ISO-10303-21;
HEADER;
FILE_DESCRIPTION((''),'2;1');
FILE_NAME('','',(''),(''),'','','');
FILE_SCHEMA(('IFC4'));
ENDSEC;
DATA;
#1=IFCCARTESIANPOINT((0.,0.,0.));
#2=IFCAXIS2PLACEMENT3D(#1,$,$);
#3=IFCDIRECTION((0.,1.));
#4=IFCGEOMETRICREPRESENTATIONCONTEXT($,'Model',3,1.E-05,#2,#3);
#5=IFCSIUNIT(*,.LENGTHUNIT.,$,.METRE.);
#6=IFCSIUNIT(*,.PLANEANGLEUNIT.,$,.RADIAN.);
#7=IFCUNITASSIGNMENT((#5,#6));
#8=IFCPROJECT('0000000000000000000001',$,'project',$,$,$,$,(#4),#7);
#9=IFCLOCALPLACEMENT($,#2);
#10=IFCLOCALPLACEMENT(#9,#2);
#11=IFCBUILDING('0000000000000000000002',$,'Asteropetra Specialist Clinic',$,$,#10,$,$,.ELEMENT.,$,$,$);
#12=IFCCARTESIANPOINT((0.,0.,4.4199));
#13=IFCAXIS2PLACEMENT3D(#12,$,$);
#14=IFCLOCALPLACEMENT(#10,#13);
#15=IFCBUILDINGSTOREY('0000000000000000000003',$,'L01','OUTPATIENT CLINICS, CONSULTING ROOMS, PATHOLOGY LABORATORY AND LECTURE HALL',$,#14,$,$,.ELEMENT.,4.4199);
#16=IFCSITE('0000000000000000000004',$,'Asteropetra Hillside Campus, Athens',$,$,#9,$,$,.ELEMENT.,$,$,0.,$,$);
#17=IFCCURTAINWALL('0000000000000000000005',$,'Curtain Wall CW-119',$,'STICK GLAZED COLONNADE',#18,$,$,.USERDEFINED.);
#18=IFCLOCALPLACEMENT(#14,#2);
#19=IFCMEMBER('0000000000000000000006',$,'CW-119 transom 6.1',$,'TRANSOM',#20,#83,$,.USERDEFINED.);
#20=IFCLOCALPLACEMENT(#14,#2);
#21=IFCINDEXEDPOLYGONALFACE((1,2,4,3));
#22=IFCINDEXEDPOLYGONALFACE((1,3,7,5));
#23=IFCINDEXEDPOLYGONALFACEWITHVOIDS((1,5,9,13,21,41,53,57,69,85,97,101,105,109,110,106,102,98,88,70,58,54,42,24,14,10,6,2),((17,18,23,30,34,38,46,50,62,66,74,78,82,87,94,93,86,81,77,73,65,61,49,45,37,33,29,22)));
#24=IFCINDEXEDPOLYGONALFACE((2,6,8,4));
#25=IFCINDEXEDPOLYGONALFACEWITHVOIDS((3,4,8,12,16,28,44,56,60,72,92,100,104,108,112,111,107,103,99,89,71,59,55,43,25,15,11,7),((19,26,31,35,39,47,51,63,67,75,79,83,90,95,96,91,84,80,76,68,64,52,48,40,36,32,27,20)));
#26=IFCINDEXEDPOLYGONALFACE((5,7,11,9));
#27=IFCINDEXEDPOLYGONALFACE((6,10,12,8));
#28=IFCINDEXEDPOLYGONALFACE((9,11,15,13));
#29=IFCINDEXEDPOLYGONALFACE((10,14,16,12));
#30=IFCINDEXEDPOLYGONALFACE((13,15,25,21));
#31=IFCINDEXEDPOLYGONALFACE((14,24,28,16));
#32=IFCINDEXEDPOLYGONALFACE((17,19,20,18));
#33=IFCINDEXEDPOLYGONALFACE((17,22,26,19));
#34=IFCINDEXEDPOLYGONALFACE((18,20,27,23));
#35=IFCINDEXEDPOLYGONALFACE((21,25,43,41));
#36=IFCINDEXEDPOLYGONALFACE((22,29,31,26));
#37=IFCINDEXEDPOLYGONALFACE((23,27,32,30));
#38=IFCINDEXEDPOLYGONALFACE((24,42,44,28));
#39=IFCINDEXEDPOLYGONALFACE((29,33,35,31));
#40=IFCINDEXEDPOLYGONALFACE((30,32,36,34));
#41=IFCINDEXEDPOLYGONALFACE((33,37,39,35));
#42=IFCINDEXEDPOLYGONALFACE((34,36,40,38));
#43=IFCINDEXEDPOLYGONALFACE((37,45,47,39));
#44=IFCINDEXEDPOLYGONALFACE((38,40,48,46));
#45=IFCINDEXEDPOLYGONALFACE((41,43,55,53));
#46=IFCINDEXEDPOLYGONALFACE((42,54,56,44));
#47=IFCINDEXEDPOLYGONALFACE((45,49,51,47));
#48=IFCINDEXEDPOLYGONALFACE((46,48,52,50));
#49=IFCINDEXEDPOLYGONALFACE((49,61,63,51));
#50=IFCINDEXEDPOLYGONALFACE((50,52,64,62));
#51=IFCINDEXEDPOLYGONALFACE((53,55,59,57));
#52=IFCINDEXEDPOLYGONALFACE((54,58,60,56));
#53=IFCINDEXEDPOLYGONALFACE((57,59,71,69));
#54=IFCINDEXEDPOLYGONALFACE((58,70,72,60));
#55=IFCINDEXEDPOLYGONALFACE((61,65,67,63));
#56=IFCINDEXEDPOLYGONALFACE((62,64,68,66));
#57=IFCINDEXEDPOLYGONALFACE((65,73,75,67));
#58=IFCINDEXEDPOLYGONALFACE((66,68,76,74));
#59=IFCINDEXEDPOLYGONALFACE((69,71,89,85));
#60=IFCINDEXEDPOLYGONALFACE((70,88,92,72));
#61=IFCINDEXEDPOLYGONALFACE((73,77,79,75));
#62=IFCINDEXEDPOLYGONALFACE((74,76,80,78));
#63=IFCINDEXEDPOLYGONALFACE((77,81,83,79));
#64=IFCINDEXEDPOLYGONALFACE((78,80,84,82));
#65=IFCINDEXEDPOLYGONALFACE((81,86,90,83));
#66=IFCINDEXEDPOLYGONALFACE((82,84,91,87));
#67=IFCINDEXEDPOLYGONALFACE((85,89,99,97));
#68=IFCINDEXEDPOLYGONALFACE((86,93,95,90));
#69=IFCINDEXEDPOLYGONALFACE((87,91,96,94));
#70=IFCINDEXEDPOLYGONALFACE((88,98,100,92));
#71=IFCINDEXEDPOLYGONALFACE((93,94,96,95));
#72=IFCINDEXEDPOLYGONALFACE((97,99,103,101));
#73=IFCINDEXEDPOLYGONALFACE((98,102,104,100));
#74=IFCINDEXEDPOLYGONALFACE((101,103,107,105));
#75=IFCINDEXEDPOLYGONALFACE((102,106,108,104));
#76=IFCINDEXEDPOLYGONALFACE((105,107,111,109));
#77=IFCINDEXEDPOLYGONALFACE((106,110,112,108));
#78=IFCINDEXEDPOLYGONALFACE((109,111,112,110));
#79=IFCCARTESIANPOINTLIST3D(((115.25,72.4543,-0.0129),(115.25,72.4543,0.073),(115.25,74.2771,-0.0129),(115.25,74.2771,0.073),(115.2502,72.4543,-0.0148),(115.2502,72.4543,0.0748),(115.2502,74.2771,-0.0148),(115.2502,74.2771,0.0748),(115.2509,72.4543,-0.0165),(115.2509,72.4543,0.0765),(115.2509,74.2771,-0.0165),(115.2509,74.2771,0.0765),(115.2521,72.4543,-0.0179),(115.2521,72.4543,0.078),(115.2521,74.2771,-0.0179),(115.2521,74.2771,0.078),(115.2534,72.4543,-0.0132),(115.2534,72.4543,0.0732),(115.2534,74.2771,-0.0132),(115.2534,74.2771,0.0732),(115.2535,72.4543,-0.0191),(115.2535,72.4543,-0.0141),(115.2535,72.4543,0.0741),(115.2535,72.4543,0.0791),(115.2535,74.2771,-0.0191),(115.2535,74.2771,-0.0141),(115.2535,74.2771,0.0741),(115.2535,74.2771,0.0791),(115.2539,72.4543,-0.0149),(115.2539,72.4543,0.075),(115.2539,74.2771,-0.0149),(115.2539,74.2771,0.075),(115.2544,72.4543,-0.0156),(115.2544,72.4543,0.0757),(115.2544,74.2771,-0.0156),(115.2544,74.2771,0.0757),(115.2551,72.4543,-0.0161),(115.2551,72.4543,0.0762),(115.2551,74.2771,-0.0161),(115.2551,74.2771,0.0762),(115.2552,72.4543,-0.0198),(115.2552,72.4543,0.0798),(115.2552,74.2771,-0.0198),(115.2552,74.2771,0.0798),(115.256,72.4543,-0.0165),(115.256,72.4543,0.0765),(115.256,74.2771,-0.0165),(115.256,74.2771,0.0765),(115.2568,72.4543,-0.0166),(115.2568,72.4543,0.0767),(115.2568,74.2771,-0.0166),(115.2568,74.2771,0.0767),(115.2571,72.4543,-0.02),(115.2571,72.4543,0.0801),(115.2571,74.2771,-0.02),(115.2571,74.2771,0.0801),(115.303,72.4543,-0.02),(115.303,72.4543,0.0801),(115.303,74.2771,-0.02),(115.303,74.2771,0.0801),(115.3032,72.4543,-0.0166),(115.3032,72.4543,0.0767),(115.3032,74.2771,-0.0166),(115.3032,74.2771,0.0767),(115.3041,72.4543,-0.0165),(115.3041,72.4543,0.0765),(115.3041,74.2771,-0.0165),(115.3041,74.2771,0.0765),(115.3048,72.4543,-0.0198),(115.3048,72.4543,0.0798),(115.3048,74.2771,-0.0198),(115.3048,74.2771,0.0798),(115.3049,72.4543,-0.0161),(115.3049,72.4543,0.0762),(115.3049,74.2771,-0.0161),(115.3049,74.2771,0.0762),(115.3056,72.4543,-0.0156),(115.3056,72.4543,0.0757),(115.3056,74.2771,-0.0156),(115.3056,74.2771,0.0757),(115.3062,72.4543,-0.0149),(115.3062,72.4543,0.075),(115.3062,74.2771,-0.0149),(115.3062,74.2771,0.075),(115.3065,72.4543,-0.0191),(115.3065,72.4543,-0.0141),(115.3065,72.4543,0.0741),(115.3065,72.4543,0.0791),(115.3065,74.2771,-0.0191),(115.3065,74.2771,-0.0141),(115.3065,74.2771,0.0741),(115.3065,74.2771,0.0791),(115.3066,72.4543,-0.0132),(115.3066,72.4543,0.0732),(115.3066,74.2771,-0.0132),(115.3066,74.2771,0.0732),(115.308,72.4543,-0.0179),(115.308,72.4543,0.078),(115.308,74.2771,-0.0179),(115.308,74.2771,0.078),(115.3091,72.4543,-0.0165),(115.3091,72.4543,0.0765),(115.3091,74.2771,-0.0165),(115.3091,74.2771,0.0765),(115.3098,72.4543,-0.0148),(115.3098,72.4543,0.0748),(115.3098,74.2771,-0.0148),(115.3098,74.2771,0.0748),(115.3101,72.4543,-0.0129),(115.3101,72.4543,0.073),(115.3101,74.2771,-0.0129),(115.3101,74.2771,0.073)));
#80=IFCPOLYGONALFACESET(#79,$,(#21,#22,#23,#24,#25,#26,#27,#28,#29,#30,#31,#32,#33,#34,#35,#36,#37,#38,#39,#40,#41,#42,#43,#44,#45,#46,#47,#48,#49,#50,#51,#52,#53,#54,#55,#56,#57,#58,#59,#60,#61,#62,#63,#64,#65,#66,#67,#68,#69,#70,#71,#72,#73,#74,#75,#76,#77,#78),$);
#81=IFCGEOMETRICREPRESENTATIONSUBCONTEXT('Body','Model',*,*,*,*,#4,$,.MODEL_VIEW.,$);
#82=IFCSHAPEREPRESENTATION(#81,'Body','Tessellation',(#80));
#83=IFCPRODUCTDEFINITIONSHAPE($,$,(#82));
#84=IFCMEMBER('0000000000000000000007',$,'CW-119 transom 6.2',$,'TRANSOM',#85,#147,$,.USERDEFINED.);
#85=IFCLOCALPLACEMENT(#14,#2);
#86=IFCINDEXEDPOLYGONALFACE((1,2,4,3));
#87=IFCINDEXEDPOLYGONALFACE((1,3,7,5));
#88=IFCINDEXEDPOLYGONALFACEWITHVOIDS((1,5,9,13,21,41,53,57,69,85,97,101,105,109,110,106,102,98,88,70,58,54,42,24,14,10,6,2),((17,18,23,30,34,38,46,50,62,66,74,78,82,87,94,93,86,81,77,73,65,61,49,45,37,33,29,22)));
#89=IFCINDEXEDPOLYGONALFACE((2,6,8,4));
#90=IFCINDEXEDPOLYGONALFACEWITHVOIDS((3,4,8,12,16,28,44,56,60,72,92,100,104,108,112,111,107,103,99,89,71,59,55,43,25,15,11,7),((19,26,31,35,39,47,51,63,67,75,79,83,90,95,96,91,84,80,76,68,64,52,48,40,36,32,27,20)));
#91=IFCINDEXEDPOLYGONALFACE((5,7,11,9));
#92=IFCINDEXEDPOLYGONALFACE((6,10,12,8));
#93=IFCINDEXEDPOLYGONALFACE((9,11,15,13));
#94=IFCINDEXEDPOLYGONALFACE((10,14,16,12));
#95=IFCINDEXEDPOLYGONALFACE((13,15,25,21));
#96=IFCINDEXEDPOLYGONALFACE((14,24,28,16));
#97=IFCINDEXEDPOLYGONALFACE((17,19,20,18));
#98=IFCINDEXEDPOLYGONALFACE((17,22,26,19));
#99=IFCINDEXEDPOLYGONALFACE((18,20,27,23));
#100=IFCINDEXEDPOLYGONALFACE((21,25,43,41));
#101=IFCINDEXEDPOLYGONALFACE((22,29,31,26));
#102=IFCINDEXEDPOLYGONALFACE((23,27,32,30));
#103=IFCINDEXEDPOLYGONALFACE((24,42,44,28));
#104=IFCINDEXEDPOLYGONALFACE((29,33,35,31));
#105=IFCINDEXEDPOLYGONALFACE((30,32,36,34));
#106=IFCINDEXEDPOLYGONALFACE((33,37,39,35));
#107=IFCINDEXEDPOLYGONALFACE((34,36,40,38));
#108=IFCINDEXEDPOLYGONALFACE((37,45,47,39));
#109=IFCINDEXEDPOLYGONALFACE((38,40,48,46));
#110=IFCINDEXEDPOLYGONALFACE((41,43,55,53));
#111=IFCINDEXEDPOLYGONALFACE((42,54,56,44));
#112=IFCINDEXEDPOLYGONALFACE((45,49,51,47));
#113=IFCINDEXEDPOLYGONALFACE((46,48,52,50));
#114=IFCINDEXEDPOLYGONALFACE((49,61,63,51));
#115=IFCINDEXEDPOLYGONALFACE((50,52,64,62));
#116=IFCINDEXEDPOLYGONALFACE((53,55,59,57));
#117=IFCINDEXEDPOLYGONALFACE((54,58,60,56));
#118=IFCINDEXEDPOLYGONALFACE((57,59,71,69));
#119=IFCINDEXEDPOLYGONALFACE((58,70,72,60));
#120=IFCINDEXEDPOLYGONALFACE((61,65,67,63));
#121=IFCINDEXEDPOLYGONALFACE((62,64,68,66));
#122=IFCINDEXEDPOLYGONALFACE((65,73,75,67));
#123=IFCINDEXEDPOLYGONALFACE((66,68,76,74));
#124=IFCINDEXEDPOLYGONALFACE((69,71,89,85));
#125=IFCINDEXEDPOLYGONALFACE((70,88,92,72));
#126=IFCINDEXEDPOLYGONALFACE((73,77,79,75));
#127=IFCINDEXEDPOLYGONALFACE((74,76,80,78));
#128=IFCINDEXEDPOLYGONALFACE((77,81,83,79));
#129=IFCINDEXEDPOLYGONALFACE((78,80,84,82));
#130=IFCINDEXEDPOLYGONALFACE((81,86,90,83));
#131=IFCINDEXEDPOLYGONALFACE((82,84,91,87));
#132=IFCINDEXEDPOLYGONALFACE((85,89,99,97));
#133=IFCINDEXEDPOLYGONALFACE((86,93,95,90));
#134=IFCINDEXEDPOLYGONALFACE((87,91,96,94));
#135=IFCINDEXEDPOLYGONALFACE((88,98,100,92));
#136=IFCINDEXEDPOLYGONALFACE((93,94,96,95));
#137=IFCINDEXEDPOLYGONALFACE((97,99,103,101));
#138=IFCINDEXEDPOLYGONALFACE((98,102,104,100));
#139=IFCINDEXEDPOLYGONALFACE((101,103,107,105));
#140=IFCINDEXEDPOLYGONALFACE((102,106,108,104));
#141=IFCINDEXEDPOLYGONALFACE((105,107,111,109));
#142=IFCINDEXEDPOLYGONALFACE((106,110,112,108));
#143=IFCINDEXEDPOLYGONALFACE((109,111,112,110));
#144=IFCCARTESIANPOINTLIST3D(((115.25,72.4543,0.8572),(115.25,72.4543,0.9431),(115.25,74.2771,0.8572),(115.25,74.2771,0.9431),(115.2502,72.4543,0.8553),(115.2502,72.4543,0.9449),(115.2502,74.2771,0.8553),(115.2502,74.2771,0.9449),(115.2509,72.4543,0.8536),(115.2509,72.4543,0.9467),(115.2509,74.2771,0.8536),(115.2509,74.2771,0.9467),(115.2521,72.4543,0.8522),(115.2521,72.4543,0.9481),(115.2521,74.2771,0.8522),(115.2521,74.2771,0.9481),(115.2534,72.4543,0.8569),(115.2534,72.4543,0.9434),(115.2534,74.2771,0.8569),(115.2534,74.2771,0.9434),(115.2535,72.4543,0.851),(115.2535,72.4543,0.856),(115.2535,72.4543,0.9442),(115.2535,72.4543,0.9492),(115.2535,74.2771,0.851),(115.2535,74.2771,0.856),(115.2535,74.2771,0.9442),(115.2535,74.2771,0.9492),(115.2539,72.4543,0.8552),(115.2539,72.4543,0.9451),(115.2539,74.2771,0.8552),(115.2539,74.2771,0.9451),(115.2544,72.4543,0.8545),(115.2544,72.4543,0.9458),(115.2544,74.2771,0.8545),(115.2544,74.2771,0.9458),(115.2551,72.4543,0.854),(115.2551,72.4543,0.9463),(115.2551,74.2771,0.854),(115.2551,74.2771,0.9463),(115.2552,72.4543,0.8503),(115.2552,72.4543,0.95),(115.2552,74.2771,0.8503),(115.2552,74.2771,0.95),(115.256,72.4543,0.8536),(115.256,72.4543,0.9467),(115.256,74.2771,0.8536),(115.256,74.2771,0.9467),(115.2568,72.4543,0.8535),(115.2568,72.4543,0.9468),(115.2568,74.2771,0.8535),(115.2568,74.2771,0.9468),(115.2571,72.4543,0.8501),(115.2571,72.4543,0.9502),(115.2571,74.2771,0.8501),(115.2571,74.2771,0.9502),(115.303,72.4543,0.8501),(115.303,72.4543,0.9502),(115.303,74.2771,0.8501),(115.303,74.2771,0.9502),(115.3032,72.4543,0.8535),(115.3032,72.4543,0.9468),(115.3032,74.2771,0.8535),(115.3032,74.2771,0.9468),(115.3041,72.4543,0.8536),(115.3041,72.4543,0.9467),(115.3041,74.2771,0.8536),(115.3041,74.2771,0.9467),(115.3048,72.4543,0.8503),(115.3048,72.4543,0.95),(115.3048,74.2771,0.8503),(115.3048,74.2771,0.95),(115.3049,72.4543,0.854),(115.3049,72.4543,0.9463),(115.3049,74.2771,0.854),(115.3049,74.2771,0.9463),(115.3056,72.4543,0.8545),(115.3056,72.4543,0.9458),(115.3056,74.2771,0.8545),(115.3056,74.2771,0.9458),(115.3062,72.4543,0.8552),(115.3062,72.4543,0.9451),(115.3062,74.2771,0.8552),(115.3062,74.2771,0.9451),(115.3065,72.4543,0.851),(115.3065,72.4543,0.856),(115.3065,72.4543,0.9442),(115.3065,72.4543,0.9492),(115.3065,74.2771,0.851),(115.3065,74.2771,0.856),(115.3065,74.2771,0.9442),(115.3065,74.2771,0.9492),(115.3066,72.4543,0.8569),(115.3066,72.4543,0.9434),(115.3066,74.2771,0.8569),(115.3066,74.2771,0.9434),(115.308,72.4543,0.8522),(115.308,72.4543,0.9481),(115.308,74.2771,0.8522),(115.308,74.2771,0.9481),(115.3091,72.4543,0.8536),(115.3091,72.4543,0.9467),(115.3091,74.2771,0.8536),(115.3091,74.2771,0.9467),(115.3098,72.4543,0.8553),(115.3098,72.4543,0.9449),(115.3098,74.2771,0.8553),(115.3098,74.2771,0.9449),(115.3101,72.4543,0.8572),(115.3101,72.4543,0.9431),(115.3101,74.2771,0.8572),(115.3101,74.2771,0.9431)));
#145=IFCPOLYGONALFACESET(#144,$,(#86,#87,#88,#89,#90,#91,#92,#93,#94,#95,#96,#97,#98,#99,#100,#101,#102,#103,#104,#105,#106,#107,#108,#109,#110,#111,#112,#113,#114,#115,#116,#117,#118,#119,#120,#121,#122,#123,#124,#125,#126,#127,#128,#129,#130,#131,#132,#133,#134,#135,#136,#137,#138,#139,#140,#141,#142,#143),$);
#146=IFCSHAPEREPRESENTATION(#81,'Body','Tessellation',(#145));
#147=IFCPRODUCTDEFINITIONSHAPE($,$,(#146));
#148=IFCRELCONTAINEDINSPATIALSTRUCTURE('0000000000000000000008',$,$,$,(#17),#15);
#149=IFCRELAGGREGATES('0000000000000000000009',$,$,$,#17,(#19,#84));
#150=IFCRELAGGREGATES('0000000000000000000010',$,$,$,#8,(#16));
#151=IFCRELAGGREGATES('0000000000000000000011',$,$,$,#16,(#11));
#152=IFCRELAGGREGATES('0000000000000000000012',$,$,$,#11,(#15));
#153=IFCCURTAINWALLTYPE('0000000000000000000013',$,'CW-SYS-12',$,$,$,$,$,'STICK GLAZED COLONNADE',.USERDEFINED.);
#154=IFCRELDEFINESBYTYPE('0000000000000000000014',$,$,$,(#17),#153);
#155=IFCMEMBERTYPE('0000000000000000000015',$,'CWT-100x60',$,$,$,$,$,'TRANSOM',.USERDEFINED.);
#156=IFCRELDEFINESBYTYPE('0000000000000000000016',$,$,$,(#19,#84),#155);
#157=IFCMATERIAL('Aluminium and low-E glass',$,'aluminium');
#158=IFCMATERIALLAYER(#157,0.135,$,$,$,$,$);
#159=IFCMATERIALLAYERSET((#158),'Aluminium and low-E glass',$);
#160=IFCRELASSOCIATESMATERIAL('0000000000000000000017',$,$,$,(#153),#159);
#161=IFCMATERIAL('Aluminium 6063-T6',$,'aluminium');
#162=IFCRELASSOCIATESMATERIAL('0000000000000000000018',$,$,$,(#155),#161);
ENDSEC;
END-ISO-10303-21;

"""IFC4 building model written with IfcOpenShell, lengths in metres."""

from ifc_helpers import new_model, si_unit, direction, frame, origin, origin_2d, place, context, subcontext, project, spatial, hollow_rectangle, extrude, material, layer, layer_set, material_profile, profile_set, type_object, element, aggregate, save


model = new_model("IFC4")

# Units and contexts
model_context = context("Model", 3, precision=1e-05, world=origin(), true_north=direction((0.0, 1.0)))
body_context = subcontext(model_context, "Body", "Model", "MODEL_VIEW")
ifc_project = project(units=[si_unit("LENGTHUNIT", "METRE"), si_unit("PLANEANGLEUNIT", "RADIAN")], contexts=[model_context])

# Site, building, storey
site_placement = place(None, origin())
site = spatial("IfcSite", under=ifc_project, at=site_placement, Name="Asteropetra Hillside Campus, Athens", CompositionType="ELEMENT", RefElevation=0.0)
building_placement = place(site_placement, origin())
building = spatial("IfcBuilding", under=site, at=building_placement, Name="Asteropetra Specialist Clinic", CompositionType="ELEMENT")
storey_placement = place(building_placement, frame((0.0, 0.0, 4.4199)))
storey = spatial("IfcBuildingStorey", under=building, at=storey_placement, Name="L01", Description="OUTPATIENT CLINICS, CONSULTING ROOMS, PATHOLOGY LABORATORY AND LECTURE HALL", CompositionType="ELEMENT", Elevation=4.4199)

# Curtain wall, members
ifc_material_1 = material(Name="Aluminium and low-E glass", Category="aluminium")
ifc_layer_1 = layer(ifc_material_1, 0.135)
ifc_layer_set_1 = layer_set([ifc_layer_1], Name="Aluminium and low-E glass")
curtain_wall_type = type_object("IfcCurtainWallType", Name="CW-SYS-12", ElementType="STICK GLAZED COLONNADE", PredefinedType="USERDEFINED", material=ifc_layer_set_1)
curtain_wall_placement = place(storey_placement, origin())
curtain_wall = element("IfcCurtainWall", 1, at=curtain_wall_placement, inside=storey, type_object=curtain_wall_type, Name="Curtain Wall CW-119", ObjectType="STICK GLAZED COLONNADE", PredefinedType="USERDEFINED")
ifc_material_2 = material(Name="Aluminium 6063-T6", Category="aluminium")
ifc_material_profile_1 = material_profile(ifc_material_2, hollow_rectangle(XDim=0.0601, YDim=0.1001, WallThickness=0.0034, InnerFilletRadius=0.0034, OuterFilletRadius=0.0071, at=origin_2d()), Name="TRN 100x60x3.5")
ifc_profile_set_1 = profile_set([ifc_material_profile_1], Name="Aluminium 6063-T6")
member_type_1 = type_object("IfcMemberType", Name="CWT-100x60", ElementType="TRANSOM", PredefinedType="USERDEFINED", material=ifc_profile_set_1)
member_1_placement = place(storey_placement, frame((115.28, 72.4543, 0.03), z_axis=(0.0, 1.0, 0.0), x_axis=(-1.0, 0.0, 0.0)))
member_1 = element("IfcMember", 2, at=member_1_placement, type_object=member_type_1, Name="CW-119 transom 6.1", ObjectType="TRANSOM", PredefinedType="USERDEFINED", context=body_context, shape_type="SweptSolid", body=[
    extrude(hollow_rectangle(XDim=0.0601, YDim=0.1001, WallThickness=0.0034, InnerFilletRadius=0.0034, OuterFilletRadius=0.0071, at=origin_2d()), origin(), (0.0, 0.0, 1.0), 1.8228),
])
member_2_placement = place(storey_placement, frame((115.28, 72.4543, 0.9001), z_axis=(0.0, 1.0, 0.0), x_axis=(-1.0, 0.0, 0.0)))
member_2 = element("IfcMember", 3, at=member_2_placement, type_object=member_type_1, Name="CW-119 transom 6.2", ObjectType="TRANSOM", PredefinedType="USERDEFINED", context=body_context, shape_type="SweptSolid", body=[
    extrude(hollow_rectangle(XDim=0.0601, YDim=0.1001, WallThickness=0.0034, InnerFilletRadius=0.0034, OuterFilletRadius=0.0071, at=origin_2d()), origin(), (0.0, 0.0, 1.0), 1.8228),
])

aggregate(curtain_wall, [member_1, member_2])

save(model, "model.ifc")
